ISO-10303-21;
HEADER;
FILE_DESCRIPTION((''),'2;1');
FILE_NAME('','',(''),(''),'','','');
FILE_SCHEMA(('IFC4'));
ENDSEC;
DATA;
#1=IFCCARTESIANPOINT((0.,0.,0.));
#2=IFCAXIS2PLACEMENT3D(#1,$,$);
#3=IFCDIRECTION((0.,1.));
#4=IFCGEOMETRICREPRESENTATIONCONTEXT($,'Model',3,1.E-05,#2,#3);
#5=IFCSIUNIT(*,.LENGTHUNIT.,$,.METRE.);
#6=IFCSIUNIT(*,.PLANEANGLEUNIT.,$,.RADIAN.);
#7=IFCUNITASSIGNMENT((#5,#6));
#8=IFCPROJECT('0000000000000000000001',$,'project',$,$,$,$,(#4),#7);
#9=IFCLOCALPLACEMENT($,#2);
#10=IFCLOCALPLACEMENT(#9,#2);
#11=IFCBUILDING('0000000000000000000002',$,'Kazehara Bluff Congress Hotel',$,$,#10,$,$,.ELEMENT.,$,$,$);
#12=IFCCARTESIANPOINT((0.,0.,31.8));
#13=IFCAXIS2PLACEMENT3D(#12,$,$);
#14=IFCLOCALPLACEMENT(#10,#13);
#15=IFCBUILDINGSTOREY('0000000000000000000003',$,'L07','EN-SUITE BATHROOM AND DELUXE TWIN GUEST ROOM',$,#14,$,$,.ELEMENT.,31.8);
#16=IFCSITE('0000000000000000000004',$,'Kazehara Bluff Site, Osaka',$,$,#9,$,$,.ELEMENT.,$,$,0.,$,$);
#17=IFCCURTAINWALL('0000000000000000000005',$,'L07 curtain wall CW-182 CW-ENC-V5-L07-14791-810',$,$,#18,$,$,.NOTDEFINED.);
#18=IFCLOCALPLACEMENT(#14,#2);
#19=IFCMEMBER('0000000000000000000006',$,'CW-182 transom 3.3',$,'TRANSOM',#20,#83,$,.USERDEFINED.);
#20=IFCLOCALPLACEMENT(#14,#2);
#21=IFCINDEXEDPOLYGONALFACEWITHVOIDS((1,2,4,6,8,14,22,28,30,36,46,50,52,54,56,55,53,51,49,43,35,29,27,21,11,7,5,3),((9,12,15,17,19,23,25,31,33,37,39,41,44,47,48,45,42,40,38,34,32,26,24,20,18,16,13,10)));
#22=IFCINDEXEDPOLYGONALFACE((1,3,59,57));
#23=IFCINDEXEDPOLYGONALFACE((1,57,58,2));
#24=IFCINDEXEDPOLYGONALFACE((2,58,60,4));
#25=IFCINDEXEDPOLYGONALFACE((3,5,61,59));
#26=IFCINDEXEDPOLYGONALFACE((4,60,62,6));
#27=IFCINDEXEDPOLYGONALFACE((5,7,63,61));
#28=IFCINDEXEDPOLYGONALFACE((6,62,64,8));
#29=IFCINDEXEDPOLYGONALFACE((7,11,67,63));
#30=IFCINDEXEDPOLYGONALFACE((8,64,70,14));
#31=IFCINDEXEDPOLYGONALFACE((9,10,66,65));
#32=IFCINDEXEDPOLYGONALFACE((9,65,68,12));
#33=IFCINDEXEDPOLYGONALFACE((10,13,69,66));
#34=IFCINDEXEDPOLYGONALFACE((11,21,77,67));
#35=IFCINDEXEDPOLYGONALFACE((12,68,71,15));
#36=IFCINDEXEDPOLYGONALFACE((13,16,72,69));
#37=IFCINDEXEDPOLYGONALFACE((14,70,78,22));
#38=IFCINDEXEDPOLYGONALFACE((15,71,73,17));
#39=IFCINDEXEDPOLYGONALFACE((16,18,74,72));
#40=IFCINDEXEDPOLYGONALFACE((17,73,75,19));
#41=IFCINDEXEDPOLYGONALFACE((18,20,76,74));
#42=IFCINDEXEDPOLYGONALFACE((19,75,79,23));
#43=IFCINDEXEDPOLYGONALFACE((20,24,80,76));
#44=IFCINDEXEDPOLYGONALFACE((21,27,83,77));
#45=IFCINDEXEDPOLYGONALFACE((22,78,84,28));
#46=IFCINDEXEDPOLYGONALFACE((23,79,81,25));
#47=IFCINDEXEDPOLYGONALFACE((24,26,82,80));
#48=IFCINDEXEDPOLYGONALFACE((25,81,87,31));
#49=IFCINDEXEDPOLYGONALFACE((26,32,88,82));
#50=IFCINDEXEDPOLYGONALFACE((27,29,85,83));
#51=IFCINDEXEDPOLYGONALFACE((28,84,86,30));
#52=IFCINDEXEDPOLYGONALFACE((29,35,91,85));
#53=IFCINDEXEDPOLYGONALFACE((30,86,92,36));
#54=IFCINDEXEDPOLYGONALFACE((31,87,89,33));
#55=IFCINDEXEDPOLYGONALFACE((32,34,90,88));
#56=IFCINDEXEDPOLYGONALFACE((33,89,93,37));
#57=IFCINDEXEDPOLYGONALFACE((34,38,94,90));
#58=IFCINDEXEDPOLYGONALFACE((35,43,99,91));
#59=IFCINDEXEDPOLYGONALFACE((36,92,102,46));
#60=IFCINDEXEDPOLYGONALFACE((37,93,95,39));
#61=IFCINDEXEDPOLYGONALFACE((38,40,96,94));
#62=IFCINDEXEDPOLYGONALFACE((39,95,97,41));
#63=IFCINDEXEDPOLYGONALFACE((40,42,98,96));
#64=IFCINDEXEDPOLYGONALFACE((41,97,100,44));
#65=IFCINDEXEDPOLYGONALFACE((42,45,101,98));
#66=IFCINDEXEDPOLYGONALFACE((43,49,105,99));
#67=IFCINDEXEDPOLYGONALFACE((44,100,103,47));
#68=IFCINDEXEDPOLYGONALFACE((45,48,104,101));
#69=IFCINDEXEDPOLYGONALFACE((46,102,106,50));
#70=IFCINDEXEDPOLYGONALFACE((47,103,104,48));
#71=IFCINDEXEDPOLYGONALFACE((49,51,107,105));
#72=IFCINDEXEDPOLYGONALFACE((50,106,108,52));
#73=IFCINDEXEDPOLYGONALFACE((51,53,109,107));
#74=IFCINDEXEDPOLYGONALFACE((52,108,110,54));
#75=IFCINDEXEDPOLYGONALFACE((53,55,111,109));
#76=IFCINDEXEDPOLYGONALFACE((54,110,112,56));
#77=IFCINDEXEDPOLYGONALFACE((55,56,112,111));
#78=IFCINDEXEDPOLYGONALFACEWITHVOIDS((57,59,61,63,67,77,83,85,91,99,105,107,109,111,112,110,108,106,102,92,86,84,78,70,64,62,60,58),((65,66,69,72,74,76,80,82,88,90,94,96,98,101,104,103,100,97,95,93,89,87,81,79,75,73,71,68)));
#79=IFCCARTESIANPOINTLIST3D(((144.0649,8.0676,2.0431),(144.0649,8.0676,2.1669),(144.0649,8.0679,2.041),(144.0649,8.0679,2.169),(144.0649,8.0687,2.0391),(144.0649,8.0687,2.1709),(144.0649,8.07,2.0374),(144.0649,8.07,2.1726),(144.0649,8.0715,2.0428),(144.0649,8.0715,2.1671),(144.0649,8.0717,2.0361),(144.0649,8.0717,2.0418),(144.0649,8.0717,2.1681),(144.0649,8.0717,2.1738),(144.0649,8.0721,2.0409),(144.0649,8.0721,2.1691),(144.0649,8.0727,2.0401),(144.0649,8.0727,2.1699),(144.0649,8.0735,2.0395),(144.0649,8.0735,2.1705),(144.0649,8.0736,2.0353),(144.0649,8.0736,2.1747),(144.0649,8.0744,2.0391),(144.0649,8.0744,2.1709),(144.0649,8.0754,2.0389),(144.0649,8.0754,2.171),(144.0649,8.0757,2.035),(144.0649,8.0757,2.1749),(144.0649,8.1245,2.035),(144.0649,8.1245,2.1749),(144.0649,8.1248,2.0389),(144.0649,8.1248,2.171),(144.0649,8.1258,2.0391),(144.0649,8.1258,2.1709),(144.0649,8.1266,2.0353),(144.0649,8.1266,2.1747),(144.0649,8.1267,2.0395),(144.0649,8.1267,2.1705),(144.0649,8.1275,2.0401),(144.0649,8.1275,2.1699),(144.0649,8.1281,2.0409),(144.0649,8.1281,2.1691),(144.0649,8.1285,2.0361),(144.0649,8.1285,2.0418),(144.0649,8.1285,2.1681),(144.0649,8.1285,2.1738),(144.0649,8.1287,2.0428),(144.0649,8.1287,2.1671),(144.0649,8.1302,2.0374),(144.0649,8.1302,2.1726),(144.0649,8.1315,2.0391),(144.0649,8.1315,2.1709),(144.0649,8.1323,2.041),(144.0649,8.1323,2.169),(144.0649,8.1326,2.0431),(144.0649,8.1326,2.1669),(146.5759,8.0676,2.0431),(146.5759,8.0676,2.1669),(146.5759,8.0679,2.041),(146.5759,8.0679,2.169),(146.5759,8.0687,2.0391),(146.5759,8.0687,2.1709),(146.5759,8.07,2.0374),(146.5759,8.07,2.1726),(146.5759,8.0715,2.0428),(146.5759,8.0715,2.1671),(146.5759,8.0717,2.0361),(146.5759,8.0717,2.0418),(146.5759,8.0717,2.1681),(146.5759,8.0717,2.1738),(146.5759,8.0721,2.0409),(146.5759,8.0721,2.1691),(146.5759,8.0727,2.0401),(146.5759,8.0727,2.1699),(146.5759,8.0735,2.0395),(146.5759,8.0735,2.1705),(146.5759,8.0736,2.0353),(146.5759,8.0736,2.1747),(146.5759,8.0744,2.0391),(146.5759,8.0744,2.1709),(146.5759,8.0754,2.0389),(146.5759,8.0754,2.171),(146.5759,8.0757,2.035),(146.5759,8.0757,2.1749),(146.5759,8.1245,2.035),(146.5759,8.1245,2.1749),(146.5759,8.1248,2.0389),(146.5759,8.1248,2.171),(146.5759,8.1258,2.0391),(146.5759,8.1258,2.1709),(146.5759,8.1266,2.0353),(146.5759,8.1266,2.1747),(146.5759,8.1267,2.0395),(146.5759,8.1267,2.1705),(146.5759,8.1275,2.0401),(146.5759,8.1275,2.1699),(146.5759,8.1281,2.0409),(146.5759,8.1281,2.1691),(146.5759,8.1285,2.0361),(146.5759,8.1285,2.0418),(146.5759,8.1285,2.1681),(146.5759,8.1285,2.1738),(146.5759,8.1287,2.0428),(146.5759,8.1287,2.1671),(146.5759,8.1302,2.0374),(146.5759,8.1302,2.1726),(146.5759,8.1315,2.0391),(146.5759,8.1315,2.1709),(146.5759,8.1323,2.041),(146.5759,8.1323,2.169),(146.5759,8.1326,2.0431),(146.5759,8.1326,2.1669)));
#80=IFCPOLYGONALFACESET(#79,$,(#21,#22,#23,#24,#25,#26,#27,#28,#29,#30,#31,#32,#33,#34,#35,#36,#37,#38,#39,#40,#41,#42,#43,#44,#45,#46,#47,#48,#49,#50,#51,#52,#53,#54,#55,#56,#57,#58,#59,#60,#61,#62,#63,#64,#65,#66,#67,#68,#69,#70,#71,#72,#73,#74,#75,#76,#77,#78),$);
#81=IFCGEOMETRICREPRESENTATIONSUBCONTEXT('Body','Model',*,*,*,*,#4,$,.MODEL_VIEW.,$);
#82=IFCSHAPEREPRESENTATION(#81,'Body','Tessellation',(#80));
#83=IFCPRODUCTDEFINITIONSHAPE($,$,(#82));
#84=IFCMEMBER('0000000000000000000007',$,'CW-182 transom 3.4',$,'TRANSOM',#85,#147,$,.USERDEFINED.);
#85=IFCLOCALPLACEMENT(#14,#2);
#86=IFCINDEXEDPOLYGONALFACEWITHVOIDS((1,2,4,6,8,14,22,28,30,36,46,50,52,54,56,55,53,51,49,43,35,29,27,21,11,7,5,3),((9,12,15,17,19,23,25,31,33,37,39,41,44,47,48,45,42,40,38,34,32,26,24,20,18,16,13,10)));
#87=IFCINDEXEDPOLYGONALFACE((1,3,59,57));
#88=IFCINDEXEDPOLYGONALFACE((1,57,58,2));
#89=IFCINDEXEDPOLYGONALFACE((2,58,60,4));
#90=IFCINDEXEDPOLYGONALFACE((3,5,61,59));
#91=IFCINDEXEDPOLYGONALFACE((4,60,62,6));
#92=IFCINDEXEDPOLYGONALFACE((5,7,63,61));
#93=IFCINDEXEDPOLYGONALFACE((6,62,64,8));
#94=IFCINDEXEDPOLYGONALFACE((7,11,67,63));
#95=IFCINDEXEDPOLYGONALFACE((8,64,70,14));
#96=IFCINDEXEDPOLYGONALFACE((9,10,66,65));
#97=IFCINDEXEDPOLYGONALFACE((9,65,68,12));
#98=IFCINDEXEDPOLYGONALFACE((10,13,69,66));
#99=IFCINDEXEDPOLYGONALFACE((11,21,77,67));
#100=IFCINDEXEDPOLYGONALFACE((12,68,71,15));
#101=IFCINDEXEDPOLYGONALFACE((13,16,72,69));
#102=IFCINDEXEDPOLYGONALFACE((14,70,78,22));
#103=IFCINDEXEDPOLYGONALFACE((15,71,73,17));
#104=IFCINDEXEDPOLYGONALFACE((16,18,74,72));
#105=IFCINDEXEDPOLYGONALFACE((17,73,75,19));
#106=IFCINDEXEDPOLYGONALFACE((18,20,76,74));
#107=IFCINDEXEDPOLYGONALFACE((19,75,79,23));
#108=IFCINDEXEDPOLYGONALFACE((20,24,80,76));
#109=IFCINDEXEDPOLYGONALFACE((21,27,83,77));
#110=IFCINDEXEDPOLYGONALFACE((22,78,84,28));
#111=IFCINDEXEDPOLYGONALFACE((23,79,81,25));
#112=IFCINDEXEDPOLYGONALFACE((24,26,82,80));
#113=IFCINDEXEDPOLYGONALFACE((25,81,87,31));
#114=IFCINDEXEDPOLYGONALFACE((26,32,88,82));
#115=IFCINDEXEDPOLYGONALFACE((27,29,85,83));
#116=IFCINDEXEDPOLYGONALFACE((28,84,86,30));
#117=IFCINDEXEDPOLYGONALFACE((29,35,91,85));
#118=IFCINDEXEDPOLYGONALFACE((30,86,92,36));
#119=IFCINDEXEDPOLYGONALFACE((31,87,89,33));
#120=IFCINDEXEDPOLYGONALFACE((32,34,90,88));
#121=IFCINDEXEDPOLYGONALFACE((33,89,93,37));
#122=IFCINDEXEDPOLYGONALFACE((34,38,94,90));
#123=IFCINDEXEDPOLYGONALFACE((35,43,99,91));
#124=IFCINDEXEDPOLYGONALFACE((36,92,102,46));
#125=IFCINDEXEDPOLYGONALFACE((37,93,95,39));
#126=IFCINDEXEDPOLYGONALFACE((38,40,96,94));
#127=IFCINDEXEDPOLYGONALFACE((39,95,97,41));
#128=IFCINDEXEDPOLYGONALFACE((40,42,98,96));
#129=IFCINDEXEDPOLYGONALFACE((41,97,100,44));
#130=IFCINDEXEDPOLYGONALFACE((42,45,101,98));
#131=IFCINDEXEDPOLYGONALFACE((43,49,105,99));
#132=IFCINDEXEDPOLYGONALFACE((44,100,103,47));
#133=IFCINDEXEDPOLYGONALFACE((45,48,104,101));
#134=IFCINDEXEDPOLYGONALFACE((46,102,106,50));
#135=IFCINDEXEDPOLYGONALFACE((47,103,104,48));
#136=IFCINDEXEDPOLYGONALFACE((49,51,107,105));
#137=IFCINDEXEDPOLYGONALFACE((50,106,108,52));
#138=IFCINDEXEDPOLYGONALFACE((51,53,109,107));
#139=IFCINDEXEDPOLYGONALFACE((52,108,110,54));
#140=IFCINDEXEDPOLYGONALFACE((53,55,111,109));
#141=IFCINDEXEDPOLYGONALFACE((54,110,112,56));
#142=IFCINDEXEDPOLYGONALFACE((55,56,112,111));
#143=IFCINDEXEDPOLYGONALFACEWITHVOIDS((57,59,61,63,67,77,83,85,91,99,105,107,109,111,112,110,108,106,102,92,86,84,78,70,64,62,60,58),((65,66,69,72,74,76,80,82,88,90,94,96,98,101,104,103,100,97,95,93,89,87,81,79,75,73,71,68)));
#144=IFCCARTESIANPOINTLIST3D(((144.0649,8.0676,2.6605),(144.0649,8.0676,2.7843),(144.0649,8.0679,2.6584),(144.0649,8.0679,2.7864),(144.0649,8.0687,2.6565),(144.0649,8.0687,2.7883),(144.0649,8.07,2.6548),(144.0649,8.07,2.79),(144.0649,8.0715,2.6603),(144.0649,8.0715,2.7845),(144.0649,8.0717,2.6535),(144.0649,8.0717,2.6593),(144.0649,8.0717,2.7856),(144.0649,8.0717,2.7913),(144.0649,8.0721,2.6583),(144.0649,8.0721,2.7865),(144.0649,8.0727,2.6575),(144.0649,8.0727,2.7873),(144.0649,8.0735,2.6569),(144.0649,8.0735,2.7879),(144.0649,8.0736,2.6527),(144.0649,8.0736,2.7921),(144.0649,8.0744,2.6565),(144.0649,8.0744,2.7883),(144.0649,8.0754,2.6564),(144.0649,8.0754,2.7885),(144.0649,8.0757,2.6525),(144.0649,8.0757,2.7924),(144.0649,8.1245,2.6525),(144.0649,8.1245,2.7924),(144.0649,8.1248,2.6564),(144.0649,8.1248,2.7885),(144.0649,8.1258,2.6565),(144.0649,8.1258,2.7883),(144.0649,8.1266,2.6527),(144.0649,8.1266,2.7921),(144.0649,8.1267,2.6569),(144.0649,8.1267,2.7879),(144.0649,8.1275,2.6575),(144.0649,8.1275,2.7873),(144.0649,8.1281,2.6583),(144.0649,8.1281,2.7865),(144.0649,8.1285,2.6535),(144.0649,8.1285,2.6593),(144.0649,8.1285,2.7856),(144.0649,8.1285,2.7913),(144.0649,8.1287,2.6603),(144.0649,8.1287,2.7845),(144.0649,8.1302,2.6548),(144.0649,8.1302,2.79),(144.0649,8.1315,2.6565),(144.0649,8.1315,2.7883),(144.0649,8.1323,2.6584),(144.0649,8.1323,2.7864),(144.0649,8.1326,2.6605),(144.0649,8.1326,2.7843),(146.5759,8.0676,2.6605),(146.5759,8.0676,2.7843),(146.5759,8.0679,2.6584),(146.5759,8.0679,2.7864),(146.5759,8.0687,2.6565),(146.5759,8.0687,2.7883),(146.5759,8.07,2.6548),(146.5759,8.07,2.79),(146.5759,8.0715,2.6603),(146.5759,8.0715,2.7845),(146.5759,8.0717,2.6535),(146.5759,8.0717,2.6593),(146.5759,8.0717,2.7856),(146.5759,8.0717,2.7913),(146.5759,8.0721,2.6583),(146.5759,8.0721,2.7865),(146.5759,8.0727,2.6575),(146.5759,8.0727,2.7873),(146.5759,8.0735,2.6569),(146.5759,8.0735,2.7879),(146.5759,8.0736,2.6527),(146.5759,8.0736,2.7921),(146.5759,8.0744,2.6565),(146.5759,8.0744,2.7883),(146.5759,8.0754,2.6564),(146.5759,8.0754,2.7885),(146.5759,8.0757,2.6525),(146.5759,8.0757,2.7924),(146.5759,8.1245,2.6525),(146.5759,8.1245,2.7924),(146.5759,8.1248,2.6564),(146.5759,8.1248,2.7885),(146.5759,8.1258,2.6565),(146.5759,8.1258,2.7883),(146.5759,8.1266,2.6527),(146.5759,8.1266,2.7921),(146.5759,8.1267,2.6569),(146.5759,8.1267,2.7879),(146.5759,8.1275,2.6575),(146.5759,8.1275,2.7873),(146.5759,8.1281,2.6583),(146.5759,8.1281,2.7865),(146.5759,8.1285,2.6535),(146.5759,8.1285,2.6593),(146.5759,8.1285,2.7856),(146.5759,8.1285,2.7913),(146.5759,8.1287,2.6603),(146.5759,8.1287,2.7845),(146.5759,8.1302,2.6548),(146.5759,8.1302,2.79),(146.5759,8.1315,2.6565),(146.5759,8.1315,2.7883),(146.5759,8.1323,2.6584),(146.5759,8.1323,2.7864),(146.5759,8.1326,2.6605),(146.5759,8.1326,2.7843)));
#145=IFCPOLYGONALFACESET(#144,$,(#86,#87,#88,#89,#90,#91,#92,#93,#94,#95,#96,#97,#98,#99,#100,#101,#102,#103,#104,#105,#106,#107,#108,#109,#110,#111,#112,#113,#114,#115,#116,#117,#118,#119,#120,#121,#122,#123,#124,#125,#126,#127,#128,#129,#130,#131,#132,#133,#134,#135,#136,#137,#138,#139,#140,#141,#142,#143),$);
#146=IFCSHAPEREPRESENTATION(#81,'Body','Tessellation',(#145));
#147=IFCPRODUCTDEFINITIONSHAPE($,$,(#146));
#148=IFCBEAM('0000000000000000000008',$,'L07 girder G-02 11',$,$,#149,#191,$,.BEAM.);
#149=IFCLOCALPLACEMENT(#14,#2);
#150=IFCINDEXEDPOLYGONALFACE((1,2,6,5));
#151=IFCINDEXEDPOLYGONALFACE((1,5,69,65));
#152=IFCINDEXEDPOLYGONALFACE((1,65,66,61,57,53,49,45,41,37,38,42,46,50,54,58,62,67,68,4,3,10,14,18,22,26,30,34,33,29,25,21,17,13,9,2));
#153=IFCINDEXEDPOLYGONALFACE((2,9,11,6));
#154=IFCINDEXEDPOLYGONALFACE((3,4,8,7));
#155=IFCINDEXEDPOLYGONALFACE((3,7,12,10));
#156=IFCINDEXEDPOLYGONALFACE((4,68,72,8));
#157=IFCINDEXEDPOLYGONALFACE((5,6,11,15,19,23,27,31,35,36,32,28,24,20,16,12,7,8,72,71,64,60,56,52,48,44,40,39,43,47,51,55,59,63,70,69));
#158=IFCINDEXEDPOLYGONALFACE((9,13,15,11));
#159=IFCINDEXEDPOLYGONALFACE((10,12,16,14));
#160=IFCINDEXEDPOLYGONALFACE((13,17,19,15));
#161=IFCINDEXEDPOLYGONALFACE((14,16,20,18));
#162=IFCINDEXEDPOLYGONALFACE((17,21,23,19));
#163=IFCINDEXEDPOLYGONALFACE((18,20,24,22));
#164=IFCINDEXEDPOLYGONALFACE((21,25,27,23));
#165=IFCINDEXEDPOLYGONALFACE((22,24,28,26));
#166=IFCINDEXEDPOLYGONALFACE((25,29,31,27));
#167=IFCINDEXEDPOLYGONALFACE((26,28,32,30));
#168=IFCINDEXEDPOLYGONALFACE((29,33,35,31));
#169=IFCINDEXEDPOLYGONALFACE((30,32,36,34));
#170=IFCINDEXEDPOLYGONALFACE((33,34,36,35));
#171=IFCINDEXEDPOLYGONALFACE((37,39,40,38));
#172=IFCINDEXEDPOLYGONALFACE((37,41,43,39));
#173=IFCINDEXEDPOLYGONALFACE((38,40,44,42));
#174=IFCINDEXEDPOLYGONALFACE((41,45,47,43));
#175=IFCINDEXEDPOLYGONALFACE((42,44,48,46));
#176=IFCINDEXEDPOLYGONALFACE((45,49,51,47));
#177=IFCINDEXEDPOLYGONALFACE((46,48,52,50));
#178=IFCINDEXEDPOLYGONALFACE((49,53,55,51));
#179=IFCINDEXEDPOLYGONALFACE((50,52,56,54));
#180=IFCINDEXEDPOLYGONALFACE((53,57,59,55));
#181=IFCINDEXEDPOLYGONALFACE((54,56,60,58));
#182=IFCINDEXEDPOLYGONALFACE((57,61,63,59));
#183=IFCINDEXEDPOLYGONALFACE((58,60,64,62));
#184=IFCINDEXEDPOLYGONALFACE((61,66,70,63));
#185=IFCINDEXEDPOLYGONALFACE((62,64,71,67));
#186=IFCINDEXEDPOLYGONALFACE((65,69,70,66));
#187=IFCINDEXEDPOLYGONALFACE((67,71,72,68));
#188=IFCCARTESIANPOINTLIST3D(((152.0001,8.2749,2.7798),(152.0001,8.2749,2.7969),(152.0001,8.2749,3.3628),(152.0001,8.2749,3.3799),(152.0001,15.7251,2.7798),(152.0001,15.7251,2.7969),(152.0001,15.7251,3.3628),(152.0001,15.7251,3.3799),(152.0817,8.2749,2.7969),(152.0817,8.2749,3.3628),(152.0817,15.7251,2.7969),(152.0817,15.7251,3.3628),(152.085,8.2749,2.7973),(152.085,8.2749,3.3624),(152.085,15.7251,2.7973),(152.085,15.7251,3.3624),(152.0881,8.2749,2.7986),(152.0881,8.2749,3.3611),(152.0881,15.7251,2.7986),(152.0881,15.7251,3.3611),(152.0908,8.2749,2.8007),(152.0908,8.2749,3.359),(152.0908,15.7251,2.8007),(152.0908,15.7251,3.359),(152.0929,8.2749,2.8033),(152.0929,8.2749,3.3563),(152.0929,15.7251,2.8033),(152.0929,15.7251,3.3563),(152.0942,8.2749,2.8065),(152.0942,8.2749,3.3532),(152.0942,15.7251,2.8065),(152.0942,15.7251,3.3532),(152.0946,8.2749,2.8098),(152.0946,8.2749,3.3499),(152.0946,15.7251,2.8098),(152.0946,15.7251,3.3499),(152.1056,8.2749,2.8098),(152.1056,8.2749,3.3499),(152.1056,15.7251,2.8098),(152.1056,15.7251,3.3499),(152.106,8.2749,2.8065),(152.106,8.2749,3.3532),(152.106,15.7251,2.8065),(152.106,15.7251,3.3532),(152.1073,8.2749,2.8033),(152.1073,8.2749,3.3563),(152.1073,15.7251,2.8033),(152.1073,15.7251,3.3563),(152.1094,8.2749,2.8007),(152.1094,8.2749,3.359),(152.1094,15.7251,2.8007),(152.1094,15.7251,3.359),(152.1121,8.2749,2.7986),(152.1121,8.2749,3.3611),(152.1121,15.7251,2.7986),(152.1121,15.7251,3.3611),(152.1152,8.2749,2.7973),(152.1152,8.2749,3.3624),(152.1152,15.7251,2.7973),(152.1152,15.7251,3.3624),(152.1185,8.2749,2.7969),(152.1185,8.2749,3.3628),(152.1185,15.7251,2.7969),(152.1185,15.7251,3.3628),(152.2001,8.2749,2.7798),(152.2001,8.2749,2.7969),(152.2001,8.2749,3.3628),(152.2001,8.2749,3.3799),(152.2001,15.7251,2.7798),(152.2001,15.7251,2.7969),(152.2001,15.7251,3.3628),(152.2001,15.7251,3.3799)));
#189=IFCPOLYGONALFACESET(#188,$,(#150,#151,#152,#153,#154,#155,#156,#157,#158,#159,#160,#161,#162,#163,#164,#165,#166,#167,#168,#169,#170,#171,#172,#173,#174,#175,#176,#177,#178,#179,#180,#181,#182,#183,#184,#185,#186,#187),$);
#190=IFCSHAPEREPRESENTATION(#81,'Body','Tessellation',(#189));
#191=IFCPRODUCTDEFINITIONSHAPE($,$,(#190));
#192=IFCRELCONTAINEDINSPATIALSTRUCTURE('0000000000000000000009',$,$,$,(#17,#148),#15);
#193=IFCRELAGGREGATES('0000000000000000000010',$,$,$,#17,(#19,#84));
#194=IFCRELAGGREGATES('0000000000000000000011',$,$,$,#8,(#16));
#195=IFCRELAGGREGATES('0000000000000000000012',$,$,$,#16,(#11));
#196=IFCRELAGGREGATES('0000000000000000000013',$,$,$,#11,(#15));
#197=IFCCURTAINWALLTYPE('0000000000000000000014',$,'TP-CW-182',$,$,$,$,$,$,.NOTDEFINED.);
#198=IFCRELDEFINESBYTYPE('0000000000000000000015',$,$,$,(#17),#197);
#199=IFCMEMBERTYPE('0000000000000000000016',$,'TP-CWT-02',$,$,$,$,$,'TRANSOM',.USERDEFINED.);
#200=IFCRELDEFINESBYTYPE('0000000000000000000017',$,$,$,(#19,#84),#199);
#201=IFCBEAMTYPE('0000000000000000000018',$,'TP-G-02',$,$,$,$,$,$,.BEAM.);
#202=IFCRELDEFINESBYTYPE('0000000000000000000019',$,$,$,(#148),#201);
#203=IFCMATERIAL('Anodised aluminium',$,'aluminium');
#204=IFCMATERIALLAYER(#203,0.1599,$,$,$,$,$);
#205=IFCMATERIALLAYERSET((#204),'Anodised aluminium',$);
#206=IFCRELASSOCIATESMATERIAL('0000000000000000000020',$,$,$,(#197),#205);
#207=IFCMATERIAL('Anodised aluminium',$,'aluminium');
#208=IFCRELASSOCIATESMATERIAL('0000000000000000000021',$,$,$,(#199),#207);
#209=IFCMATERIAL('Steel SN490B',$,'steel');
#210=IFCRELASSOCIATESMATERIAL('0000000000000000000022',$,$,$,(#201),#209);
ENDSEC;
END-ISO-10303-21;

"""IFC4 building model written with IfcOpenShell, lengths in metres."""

from ifc_helpers import new_model, si_unit, direction, frame, origin, origin_2d, place, context, subcontext, project, spatial, hollow_rectangle, i_section, extrude, material, layer, layer_set, material_profile, profile_set, type_object, element, aggregate, save


model = new_model("IFC4")

# Units and contexts
model_context = context("Model", 3, precision=1e-05, world=origin(), true_north=direction((0.0, 1.0)))
body_context = subcontext(model_context, "Body", "Model", "MODEL_VIEW")
ifc_project = project(units=[si_unit("LENGTHUNIT", "METRE"), si_unit("PLANEANGLEUNIT", "RADIAN")], contexts=[model_context])

# Site, building, storey
site_placement = place(None, origin())
site = spatial("IfcSite", under=ifc_project, at=site_placement, Name="Kazehara Bluff Site, Osaka", CompositionType="ELEMENT", RefElevation=0.0)
building_placement = place(site_placement, origin())
building = spatial("IfcBuilding", under=site, at=building_placement, Name="Kazehara Bluff Congress Hotel", CompositionType="ELEMENT")
storey_placement = place(building_placement, frame((0.0, 0.0, 31.8)))
storey = spatial("IfcBuildingStorey", under=building, at=storey_placement, Name="L07", Description="EN-SUITE BATHROOM AND DELUXE TWIN GUEST ROOM", CompositionType="ELEMENT", Elevation=31.8)

# Curtain wall, members
ifc_material_1 = material(Name="Anodised aluminium", Category="aluminium")
ifc_layer_1 = layer(ifc_material_1, 0.1599)
ifc_layer_set_1 = layer_set([ifc_layer_1], Name="Anodised aluminium")
curtain_wall_type = type_object("IfcCurtainWallType", Name="TP-CW-182", PredefinedType="NOTDEFINED", material=ifc_layer_set_1)
curtain_wall_placement = place(storey_placement, origin())
curtain_wall = element("IfcCurtainWall", 1, at=curtain_wall_placement, inside=storey, type_object=curtain_wall_type, Name="L07 curtain wall CW-182 CW-ENC-V5-L07-14791-810", PredefinedType="NOTDEFINED")
ifc_material_2 = material(Name="Anodised aluminium", Category="aluminium")
ifc_material_profile_1 = material_profile(ifc_material_2, hollow_rectangle(XDim=0.0649, YDim=0.1399, WallThickness=0.0039, InnerFilletRadius=0.0039, OuterFilletRadius=0.0081, at=origin_2d()))
ifc_profile_set_1 = profile_set([ifc_material_profile_1], Name="Anodised aluminium")
member_type_1 = type_object("IfcMemberType", Name="TP-CWT-02", ElementType="TRANSOM", PredefinedType="USERDEFINED", material=ifc_profile_set_1)
member_1_placement = place(storey_placement, frame((146.5759, 8.1001, 2.105), z_axis=(-1.0, 0.0, 0.0), x_axis=(0.0, -1.0, 0.0)))
member_1 = element("IfcMember", 2, at=member_1_placement, type_object=member_type_1, Name="CW-182 transom 3.3", ObjectType="TRANSOM", PredefinedType="USERDEFINED", context=body_context, shape_type="SweptSolid", body=[
    extrude(hollow_rectangle(XDim=0.0649, YDim=0.1399, WallThickness=0.0039, InnerFilletRadius=0.0039, OuterFilletRadius=0.0081, at=origin_2d()), origin(), (0.0, 0.0, 1.0), 2.511),
])
member_2_placement = place(storey_placement, frame((146.5759, 8.1001, 2.7224), z_axis=(-1.0, 0.0, 0.0), x_axis=(0.0, -1.0, 0.0)))
member_2 = element("IfcMember", 3, at=member_2_placement, type_object=member_type_1, Name="CW-182 transom 3.4", ObjectType="TRANSOM", PredefinedType="USERDEFINED", context=body_context, shape_type="SweptSolid", body=[
    extrude(hollow_rectangle(XDim=0.0649, YDim=0.1399, WallThickness=0.0039, InnerFilletRadius=0.0039, OuterFilletRadius=0.0081, at=origin_2d()), origin(), (0.0, 0.0, 1.0), 2.511),
])

# Beam
ifc_material_3 = material(Name="Steel SN490B", Category="steel")
ifc_material_profile_2 = material_profile(ifc_material_3, i_section(OverallWidth=0.2, OverallDepth=0.6001, WebThickness=0.011, FlangeThickness=0.0171, FilletRadius=0.0129, at=origin_2d()))
ifc_profile_set_2 = profile_set([ifc_material_profile_2], Name="Steel SN490B")
beam_type_1 = type_object("IfcBeamType", Name="TP-G-02", PredefinedType="BEAM", material=ifc_profile_set_2)
for number, where, z_axis, x_axis, name in (
    (4, (152.1001, 8.2749, 3.0798), (0.0, 1.0, 0.0), (-1.0, 0.0, 0.0), "L07 girder G-02 11"),
):
    element("IfcBeam", number, at=place(storey_placement, frame(where, z_axis=z_axis, x_axis=x_axis)), inside=storey, type_object=beam_type_1, Name=name, PredefinedType="BEAM", context=body_context, shape_type="SweptSolid", body=[
        extrude(i_section(OverallWidth=0.2, OverallDepth=0.6001, WebThickness=0.011, FlangeThickness=0.0171, FilletRadius=0.0129, at=origin_2d()), origin(), (0.0, 0.0, 1.0), 7.4502),
    ])

aggregate(curtain_wall, [member_1, member_2])

save(model, "model.ifc")
